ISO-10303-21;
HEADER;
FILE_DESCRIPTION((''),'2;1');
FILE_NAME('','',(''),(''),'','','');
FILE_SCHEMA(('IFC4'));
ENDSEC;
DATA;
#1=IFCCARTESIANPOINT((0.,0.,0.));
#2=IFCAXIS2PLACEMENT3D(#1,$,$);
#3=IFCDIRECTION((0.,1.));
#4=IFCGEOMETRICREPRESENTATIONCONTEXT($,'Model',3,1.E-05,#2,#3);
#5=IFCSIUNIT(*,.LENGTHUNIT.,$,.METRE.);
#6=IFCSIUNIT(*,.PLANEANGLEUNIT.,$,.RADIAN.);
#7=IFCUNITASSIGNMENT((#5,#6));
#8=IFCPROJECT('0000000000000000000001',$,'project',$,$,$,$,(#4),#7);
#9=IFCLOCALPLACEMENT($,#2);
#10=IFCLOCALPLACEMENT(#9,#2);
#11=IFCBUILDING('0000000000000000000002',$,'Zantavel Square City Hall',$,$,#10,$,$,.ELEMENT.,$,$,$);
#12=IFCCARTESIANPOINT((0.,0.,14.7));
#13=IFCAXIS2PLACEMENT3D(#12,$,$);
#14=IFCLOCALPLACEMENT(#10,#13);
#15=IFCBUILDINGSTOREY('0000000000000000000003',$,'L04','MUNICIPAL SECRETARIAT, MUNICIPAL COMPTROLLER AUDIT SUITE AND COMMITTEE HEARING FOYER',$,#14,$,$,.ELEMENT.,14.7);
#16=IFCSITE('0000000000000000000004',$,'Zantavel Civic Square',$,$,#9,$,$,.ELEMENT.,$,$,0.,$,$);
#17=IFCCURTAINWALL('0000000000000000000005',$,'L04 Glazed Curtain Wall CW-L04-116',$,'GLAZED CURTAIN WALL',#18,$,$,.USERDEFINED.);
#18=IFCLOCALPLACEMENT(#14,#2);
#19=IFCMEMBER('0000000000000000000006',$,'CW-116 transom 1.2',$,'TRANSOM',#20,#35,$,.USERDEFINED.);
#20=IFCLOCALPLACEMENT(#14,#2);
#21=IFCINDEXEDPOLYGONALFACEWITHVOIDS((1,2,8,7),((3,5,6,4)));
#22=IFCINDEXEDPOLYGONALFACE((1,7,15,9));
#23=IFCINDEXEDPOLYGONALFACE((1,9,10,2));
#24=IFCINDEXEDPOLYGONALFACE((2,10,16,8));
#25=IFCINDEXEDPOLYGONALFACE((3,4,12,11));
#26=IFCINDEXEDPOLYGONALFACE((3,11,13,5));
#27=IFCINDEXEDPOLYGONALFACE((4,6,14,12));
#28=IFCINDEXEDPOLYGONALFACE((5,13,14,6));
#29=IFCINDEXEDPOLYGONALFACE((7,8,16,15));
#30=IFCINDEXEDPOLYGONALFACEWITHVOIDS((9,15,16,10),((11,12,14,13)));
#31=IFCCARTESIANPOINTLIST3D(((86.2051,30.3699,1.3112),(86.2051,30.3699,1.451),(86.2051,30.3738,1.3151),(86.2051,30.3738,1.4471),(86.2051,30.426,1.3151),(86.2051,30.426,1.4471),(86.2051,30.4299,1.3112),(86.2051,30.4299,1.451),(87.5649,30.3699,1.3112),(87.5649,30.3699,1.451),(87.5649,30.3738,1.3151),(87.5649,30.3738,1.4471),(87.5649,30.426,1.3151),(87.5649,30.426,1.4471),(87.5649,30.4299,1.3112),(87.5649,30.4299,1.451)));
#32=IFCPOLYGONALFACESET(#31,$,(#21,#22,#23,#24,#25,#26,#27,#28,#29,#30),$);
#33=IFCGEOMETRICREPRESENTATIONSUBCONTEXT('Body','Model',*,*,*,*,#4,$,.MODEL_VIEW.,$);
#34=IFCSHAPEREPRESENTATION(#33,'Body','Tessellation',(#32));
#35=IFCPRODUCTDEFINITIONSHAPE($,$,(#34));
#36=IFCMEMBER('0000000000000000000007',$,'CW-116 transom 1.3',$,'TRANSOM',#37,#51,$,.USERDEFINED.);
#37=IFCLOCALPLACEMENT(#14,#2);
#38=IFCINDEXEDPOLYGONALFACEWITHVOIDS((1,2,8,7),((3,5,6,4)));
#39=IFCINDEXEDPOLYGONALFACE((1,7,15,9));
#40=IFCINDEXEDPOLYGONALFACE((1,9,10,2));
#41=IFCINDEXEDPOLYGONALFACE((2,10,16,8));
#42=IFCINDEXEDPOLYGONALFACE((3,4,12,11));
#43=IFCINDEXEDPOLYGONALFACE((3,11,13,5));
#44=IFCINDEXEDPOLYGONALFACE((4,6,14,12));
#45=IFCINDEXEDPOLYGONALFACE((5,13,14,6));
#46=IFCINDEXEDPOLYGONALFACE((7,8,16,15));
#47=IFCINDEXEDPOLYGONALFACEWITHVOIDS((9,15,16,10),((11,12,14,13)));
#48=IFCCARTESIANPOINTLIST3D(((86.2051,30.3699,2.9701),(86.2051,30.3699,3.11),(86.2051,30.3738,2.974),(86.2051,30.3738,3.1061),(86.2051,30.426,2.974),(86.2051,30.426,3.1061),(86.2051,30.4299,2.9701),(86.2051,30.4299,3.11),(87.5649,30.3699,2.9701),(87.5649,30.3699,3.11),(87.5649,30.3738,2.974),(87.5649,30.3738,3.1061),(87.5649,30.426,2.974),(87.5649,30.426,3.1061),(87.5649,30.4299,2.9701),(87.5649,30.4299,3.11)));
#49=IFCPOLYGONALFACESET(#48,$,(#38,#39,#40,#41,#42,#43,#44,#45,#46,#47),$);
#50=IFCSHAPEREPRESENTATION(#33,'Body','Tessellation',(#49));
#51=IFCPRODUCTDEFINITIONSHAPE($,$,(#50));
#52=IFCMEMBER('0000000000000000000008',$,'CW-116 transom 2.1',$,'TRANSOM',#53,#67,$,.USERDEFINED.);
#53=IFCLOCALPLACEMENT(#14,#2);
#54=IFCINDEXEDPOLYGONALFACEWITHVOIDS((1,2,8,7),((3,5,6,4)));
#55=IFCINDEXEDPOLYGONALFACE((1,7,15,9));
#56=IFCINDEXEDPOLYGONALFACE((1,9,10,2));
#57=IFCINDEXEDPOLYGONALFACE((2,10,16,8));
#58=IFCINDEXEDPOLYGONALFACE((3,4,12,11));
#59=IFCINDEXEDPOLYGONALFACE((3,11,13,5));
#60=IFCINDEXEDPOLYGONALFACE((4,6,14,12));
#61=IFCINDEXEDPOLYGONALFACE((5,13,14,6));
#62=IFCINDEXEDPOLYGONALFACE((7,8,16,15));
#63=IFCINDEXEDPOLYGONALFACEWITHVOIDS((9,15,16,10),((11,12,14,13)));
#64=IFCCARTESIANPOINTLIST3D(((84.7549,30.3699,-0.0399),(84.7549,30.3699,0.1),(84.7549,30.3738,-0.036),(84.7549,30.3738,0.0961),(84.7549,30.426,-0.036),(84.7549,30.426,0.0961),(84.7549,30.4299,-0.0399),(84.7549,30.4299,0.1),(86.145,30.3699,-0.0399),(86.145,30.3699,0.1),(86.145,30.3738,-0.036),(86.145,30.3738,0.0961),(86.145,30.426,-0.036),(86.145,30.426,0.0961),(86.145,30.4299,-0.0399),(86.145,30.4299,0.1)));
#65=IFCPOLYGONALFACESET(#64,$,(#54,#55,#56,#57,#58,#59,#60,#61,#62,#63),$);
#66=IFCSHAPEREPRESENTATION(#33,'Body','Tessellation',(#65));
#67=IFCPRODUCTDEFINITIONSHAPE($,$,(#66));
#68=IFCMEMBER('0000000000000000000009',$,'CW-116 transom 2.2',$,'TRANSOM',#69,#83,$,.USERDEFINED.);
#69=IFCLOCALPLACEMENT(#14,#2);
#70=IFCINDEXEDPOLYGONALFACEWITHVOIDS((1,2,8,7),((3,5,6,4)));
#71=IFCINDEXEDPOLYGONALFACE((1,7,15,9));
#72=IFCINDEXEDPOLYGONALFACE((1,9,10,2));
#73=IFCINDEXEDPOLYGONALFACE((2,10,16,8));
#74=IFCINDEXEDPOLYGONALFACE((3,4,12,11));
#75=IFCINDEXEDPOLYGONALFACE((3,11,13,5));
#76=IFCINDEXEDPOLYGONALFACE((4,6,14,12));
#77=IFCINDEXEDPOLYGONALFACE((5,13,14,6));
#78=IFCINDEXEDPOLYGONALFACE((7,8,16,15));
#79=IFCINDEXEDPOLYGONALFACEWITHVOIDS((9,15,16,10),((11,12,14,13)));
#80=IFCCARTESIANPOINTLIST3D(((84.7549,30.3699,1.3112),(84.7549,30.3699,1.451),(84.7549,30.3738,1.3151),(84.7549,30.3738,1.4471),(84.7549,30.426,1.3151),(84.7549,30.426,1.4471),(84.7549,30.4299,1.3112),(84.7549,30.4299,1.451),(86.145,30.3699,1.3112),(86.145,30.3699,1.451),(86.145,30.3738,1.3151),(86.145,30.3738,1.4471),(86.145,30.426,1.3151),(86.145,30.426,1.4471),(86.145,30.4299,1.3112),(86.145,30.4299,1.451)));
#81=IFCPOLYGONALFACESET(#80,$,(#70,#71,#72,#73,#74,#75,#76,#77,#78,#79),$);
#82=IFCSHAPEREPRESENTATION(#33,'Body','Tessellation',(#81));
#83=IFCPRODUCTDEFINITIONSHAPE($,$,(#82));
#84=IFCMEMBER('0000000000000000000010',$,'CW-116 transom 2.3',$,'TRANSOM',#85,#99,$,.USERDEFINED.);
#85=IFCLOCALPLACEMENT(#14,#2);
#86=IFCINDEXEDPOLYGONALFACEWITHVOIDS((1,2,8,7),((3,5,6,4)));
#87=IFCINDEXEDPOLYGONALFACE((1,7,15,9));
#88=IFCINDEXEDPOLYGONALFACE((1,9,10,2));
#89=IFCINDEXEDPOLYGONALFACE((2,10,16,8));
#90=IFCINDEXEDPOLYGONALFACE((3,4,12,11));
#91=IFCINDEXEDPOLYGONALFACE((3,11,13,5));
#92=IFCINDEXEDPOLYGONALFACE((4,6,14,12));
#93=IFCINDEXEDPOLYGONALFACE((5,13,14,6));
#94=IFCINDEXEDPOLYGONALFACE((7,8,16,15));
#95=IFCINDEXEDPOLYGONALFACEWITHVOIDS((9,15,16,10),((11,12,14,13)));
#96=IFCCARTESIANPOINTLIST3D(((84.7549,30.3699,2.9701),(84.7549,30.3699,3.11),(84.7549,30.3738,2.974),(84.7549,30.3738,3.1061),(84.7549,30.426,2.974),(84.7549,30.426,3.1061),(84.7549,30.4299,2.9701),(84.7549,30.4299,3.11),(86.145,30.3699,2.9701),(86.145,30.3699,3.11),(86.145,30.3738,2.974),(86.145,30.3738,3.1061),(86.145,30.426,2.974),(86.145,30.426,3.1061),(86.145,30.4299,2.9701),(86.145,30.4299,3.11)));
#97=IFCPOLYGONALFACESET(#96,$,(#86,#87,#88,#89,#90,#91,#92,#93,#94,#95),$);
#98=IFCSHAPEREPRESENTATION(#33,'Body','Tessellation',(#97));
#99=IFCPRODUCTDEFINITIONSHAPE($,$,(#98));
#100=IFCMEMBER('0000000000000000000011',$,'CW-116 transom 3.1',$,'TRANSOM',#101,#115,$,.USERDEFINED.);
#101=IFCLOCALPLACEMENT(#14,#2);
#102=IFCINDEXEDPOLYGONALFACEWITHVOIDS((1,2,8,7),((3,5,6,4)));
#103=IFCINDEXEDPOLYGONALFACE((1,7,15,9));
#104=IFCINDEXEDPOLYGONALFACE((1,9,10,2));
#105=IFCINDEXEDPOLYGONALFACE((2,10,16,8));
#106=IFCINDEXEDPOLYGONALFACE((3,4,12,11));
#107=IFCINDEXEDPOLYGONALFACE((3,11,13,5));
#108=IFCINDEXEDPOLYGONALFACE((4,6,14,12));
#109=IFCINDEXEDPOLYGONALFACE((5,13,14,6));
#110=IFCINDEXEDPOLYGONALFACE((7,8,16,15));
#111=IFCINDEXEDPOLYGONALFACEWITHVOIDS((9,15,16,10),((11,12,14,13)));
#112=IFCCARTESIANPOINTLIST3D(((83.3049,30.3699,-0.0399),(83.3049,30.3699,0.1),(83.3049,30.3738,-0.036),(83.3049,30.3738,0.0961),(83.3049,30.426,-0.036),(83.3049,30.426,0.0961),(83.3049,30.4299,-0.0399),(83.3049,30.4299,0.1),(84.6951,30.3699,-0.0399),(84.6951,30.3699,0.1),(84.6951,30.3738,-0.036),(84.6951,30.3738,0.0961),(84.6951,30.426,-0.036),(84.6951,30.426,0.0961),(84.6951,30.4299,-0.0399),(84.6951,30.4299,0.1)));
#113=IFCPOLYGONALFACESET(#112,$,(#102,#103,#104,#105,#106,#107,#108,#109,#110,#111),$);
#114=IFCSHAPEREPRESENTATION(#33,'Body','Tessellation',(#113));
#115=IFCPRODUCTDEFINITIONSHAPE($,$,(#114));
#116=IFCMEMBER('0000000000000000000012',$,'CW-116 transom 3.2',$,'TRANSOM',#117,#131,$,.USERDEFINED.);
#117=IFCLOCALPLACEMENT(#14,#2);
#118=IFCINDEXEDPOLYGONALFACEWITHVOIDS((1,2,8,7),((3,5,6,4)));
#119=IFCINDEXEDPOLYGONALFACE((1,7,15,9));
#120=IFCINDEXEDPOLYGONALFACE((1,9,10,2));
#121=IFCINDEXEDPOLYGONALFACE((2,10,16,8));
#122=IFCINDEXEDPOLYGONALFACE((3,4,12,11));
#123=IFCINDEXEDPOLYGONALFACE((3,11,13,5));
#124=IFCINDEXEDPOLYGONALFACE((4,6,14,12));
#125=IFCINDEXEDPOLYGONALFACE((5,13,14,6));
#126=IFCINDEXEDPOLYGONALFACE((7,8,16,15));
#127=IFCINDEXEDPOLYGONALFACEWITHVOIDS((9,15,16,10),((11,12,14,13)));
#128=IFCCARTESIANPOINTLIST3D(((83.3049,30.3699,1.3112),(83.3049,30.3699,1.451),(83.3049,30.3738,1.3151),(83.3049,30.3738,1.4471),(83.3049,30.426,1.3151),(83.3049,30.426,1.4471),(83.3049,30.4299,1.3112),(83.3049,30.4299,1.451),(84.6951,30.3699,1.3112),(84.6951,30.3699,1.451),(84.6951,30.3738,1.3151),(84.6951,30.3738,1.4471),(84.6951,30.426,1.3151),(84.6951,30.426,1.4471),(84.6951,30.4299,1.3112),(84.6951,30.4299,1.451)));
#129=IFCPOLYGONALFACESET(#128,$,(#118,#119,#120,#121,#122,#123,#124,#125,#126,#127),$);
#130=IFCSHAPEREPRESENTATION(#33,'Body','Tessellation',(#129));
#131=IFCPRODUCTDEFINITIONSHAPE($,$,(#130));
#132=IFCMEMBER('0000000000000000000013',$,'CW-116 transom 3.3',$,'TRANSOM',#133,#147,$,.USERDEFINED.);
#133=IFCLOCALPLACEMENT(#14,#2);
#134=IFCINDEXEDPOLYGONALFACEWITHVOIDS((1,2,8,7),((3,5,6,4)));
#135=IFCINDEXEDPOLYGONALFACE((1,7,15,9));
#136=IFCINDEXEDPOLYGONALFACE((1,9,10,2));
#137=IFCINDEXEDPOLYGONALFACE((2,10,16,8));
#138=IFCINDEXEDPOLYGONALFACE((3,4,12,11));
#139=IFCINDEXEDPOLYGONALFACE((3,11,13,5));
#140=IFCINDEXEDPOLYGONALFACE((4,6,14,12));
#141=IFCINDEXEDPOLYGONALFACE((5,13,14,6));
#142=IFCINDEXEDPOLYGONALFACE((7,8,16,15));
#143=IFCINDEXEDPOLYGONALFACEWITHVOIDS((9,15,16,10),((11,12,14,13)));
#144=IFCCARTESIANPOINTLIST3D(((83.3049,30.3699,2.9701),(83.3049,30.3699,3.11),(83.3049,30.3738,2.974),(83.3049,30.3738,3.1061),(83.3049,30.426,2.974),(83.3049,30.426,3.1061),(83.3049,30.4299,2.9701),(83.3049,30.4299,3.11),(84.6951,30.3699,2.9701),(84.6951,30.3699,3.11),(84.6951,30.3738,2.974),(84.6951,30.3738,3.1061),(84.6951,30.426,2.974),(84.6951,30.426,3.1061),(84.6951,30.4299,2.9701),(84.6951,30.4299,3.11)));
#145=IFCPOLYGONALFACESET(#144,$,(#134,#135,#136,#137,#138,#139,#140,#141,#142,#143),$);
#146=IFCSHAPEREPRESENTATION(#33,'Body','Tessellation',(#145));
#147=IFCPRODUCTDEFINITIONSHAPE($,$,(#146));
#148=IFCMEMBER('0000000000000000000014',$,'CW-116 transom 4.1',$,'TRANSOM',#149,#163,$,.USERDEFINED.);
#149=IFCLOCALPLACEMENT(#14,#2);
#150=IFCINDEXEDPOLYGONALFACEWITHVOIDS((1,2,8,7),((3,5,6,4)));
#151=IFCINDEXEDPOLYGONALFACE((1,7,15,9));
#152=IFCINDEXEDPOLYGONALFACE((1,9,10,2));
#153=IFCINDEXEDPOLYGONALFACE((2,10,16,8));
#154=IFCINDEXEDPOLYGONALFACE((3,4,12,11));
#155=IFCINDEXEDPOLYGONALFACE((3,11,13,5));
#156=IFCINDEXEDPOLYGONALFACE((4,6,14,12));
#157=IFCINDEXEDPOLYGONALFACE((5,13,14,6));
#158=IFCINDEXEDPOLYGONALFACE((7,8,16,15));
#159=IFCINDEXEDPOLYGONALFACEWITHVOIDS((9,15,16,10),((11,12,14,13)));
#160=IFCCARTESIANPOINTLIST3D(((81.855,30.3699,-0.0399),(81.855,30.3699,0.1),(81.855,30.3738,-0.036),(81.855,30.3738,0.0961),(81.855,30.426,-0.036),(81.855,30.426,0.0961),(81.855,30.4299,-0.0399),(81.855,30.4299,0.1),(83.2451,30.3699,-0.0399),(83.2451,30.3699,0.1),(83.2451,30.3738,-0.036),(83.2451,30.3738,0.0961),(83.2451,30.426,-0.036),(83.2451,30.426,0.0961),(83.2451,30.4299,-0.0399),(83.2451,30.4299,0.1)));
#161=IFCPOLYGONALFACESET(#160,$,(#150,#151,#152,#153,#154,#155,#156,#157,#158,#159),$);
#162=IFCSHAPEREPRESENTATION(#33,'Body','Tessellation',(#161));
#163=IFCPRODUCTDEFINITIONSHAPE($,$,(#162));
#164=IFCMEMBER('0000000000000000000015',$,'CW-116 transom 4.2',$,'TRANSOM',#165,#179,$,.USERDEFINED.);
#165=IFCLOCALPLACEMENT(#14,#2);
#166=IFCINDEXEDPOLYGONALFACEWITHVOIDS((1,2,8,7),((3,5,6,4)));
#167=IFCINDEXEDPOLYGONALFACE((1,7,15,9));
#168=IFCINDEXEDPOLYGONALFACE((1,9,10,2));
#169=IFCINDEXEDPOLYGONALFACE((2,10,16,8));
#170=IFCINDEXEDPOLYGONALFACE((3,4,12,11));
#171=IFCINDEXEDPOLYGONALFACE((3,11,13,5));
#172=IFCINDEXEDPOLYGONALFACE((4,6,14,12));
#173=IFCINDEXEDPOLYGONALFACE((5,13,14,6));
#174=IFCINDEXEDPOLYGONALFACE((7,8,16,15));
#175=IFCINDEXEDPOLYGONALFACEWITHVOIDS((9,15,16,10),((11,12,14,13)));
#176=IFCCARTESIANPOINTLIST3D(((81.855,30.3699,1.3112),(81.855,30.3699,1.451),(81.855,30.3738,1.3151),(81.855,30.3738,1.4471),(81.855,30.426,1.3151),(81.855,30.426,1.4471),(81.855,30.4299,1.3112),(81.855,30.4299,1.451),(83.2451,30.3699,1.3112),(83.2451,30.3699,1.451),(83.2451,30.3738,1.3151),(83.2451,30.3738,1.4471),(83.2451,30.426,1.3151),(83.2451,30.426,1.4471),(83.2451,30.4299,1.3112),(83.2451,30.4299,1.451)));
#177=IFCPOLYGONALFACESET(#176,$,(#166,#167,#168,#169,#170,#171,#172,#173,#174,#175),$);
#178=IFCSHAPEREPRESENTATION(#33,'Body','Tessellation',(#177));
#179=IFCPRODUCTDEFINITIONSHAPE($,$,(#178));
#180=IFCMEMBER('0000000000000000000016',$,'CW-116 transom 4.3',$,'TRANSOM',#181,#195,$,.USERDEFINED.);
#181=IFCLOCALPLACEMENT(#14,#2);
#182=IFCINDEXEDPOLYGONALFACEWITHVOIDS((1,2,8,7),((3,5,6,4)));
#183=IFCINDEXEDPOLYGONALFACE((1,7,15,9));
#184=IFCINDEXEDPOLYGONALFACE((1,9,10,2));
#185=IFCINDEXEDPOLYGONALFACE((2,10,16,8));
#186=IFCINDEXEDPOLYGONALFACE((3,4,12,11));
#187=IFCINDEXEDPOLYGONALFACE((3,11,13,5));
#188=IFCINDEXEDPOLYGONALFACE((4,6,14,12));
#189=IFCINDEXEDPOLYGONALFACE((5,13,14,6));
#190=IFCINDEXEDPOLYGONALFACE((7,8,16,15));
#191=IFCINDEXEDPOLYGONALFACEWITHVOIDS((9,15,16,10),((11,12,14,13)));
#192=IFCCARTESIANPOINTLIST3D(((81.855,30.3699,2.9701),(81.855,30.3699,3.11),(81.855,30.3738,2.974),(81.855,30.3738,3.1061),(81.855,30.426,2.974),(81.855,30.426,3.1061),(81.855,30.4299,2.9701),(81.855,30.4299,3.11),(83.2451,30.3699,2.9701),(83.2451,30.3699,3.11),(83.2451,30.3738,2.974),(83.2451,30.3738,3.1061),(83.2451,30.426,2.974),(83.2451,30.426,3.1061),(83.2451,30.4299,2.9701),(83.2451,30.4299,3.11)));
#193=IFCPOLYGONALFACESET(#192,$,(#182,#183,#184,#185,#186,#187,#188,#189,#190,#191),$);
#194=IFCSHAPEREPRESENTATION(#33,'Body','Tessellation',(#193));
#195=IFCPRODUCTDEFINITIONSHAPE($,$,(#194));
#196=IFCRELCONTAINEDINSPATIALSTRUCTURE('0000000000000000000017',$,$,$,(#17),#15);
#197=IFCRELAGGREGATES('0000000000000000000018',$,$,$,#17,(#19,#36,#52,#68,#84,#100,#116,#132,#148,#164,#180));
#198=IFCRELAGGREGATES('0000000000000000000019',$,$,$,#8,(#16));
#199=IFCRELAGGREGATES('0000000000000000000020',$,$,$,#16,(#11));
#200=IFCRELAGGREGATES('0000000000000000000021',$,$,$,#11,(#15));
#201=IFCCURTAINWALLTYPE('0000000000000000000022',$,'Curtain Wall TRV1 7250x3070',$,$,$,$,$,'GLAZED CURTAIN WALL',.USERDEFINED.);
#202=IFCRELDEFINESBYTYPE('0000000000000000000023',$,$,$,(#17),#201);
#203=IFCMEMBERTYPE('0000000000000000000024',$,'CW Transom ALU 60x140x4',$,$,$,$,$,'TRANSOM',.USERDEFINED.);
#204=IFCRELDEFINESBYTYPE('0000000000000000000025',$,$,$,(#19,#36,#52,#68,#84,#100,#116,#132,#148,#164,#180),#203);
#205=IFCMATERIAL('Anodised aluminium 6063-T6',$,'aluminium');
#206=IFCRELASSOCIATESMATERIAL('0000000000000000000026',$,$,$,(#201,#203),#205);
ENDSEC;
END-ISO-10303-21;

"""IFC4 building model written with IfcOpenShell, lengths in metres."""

from ifc_helpers import new_model, si_unit, direction, frame, origin, origin_2d, place, context, subcontext, project, spatial, hollow_rectangle, extrude, material, material_profile, profile_set, type_object, element, aggregate, save


model = new_model("IFC4")

# Units and contexts
model_context = context("Model", 3, precision=1e-05, world=origin(), true_north=direction((0.0, 1.0)))
body_context = subcontext(model_context, "Body", "Model", "MODEL_VIEW")
ifc_project = project(units=[si_unit("LENGTHUNIT", "METRE"), si_unit("PLANEANGLEUNIT", "RADIAN")], contexts=[model_context])

# Site, building, storey
site_placement = place(None, origin())
site = spatial("IfcSite", under=ifc_project, at=site_placement, Name="Zantavel Civic Square", CompositionType="ELEMENT", RefElevation=0.0)
building_placement = place(site_placement, origin())
building = spatial("IfcBuilding", under=site, at=building_placement, Name="Zantavel Square City Hall", CompositionType="ELEMENT")
storey_placement = place(building_placement, frame((0.0, 0.0, 14.7)))
storey = spatial("IfcBuildingStorey", under=building, at=storey_placement, Name="L04", Description="MUNICIPAL SECRETARIAT, MUNICIPAL COMPTROLLER AUDIT SUITE AND COMMITTEE HEARING FOYER", CompositionType="ELEMENT", Elevation=14.7)

# Shared definitions
ifc_material_1 = material(Name="Anodised aluminium 6063-T6", Category="aluminium")
curtain_wall_type = type_object("IfcCurtainWallType", Name="Curtain Wall TRV1 7250x3070", ElementType="GLAZED CURTAIN WALL", PredefinedType="USERDEFINED", material=ifc_material_1)

# Curtain wall
curtain_wall_1_placement = place(storey_placement, origin())
curtain_wall_1 = element("IfcCurtainWall", 1, at=curtain_wall_1_placement, inside=storey, type_object=curtain_wall_type, Name="L04 Glazed Curtain Wall CW-L04-116", ObjectType="GLAZED CURTAIN WALL", PredefinedType="USERDEFINED")

# Members
ifc_material_profile_1 = material_profile(ifc_material_1, hollow_rectangle(XDim=0.0601, YDim=0.1399, WallThickness=0.0039, at=origin_2d()), Name="ALU 60x140x4")
ifc_profile_set_1 = profile_set([ifc_material_profile_1], Name="Anodised aluminium 6063-T6")
member_type_1 = type_object("IfcMemberType", Name="CW Transom ALU 60x140x4", ElementType="TRANSOM", PredefinedType="USERDEFINED", material=ifc_profile_set_1)
member_1_placement = place(storey_placement, frame((87.5649, 30.3999, 1.3811), z_axis=(-1.0, 0.0, 0.0), x_axis=(0.0, -1.0, 0.0)))
member_1 = element("IfcMember", 2, at=member_1_placement, type_object=member_type_1, Name="CW-116 transom 1.2", ObjectType="TRANSOM", PredefinedType="USERDEFINED", context=body_context, shape_type="SweptSolid", body=[
    extrude(hollow_rectangle(XDim=0.0601, YDim=0.1399, WallThickness=0.0039, at=origin_2d()), origin(), (0.0, 0.0, 1.0), 1.3599),
])
member_2_placement = place(storey_placement, frame((87.5649, 30.3999, 3.04), z_axis=(-1.0, 0.0, 0.0), x_axis=(0.0, -1.0, 0.0)))
member_2 = element("IfcMember", 3, at=member_2_placement, type_object=member_type_1, Name="CW-116 transom 1.3", ObjectType="TRANSOM", PredefinedType="USERDEFINED", context=body_context, shape_type="SweptSolid", body=[
    extrude(hollow_rectangle(XDim=0.0601, YDim=0.1399, WallThickness=0.0039, at=origin_2d()), origin(), (0.0, 0.0, 1.0), 1.3599),
])
member_3_placement = place(storey_placement, frame((86.145, 30.3999, 0.03), z_axis=(-1.0, 0.0, 0.0), x_axis=(0.0, -1.0, 0.0)))
member_3 = element("IfcMember", 4, at=member_3_placement, type_object=member_type_1, Name="CW-116 transom 2.1", ObjectType="TRANSOM", PredefinedType="USERDEFINED", context=body_context, shape_type="SweptSolid", body=[
    extrude(hollow_rectangle(XDim=0.0601, YDim=0.1399, WallThickness=0.0039, at=origin_2d()), origin(), (0.0, 0.0, 1.0), 1.3901),
])
member_4_placement = place(storey_placement, frame((86.145, 30.3999, 1.3811), z_axis=(-1.0, 0.0, 0.0), x_axis=(0.0, -1.0, 0.0)))
member_4 = element("IfcMember", 5, at=member_4_placement, type_object=member_type_1, Name="CW-116 transom 2.2", ObjectType="TRANSOM", PredefinedType="USERDEFINED", context=body_context, shape_type="SweptSolid", body=[
    extrude(hollow_rectangle(XDim=0.0601, YDim=0.1399, WallThickness=0.0039, at=origin_2d()), origin(), (0.0, 0.0, 1.0), 1.3901),
])
member_5_placement = place(storey_placement, frame((86.145, 30.3999, 3.04), z_axis=(-1.0, 0.0, 0.0), x_axis=(0.0, -1.0, 0.0)))
member_5 = element("IfcMember", 6, at=member_5_placement, type_object=member_type_1, Name="CW-116 transom 2.3", ObjectType="TRANSOM", PredefinedType="USERDEFINED", context=body_context, shape_type="SweptSolid", body=[
    extrude(hollow_rectangle(XDim=0.0601, YDim=0.1399, WallThickness=0.0039, at=origin_2d()), origin(), (0.0, 0.0, 1.0), 1.3901),
])
member_6_placement = place(storey_placement, frame((84.6951, 30.3999, 0.03), z_axis=(-1.0, 0.0, 0.0), x_axis=(0.0, -1.0, 0.0)))
member_6 = element("IfcMember", 7, at=member_6_placement, type_object=member_type_1, Name="CW-116 transom 3.1", ObjectType="TRANSOM", PredefinedType="USERDEFINED", context=body_context, shape_type="SweptSolid", body=[
    extrude(hollow_rectangle(XDim=0.0601, YDim=0.1399, WallThickness=0.0039, at=origin_2d()), origin(), (0.0, 0.0, 1.0), 1.3901),
])
member_7_placement = place(storey_placement, frame((84.6951, 30.3999, 1.3811), z_axis=(-1.0, 0.0, 0.0), x_axis=(0.0, -1.0, 0.0)))
member_7 = element("IfcMember", 8, at=member_7_placement, type_object=member_type_1, Name="CW-116 transom 3.2", ObjectType="TRANSOM", PredefinedType="USERDEFINED", context=body_context, shape_type="SweptSolid", body=[
    extrude(hollow_rectangle(XDim=0.0601, YDim=0.1399, WallThickness=0.0039, at=origin_2d()), origin(), (0.0, 0.0, 1.0), 1.3901),
])
member_8_placement = place(storey_placement, frame((84.6951, 30.3999, 3.04), z_axis=(-1.0, 0.0, 0.0), x_axis=(0.0, -1.0, 0.0)))
member_8 = element("IfcMember", 9, at=member_8_placement, type_object=member_type_1, Name="CW-116 transom 3.3", ObjectType="TRANSOM", PredefinedType="USERDEFINED", context=body_context, shape_type="SweptSolid", body=[
    extrude(hollow_rectangle(XDim=0.0601, YDim=0.1399, WallThickness=0.0039, at=origin_2d()), origin(), (0.0, 0.0, 1.0), 1.3901),
])
member_9_placement = place(storey_placement, frame((83.2451, 30.3999, 0.03), z_axis=(-1.0, 0.0, 0.0), x_axis=(0.0, -1.0, 0.0)))
member_9 = element("IfcMember", 10, at=member_9_placement, type_object=member_type_1, Name="CW-116 transom 4.1", ObjectType="TRANSOM", PredefinedType="USERDEFINED", context=body_context, shape_type="SweptSolid", body=[
    extrude(hollow_rectangle(XDim=0.0601, YDim=0.1399, WallThickness=0.0039, at=origin_2d()), origin(), (0.0, 0.0, 1.0), 1.3901),
])
member_10_placement = place(storey_placement, frame((83.2451, 30.3999, 1.3811), z_axis=(-1.0, 0.0, 0.0), x_axis=(0.0, -1.0, 0.0)))
member_10 = element("IfcMember", 11, at=member_10_placement, type_object=member_type_1, Name="CW-116 transom 4.2", ObjectType="TRANSOM", PredefinedType="USERDEFINED", context=body_context, shape_type="SweptSolid", body=[
    extrude(hollow_rectangle(XDim=0.0601, YDim=0.1399, WallThickness=0.0039, at=origin_2d()), origin(), (0.0, 0.0, 1.0), 1.3901),
])
member_11_placement = place(storey_placement, frame((83.2451, 30.3999, 3.04), z_axis=(-1.0, 0.0, 0.0), x_axis=(0.0, -1.0, 0.0)))
member_11 = element("IfcMember", 12, at=member_11_placement, type_object=member_type_1, Name="CW-116 transom 4.3", ObjectType="TRANSOM", PredefinedType="USERDEFINED", context=body_context, shape_type="SweptSolid", body=[
    extrude(hollow_rectangle(XDim=0.0601, YDim=0.1399, WallThickness=0.0039, at=origin_2d()), origin(), (0.0, 0.0, 1.0), 1.3901),
])

aggregate(curtain_wall_1, [member_1, member_2, member_3, member_4, member_5, member_6, member_7, member_8, member_9, member_10, member_11])

save(model, "model.ifc")
